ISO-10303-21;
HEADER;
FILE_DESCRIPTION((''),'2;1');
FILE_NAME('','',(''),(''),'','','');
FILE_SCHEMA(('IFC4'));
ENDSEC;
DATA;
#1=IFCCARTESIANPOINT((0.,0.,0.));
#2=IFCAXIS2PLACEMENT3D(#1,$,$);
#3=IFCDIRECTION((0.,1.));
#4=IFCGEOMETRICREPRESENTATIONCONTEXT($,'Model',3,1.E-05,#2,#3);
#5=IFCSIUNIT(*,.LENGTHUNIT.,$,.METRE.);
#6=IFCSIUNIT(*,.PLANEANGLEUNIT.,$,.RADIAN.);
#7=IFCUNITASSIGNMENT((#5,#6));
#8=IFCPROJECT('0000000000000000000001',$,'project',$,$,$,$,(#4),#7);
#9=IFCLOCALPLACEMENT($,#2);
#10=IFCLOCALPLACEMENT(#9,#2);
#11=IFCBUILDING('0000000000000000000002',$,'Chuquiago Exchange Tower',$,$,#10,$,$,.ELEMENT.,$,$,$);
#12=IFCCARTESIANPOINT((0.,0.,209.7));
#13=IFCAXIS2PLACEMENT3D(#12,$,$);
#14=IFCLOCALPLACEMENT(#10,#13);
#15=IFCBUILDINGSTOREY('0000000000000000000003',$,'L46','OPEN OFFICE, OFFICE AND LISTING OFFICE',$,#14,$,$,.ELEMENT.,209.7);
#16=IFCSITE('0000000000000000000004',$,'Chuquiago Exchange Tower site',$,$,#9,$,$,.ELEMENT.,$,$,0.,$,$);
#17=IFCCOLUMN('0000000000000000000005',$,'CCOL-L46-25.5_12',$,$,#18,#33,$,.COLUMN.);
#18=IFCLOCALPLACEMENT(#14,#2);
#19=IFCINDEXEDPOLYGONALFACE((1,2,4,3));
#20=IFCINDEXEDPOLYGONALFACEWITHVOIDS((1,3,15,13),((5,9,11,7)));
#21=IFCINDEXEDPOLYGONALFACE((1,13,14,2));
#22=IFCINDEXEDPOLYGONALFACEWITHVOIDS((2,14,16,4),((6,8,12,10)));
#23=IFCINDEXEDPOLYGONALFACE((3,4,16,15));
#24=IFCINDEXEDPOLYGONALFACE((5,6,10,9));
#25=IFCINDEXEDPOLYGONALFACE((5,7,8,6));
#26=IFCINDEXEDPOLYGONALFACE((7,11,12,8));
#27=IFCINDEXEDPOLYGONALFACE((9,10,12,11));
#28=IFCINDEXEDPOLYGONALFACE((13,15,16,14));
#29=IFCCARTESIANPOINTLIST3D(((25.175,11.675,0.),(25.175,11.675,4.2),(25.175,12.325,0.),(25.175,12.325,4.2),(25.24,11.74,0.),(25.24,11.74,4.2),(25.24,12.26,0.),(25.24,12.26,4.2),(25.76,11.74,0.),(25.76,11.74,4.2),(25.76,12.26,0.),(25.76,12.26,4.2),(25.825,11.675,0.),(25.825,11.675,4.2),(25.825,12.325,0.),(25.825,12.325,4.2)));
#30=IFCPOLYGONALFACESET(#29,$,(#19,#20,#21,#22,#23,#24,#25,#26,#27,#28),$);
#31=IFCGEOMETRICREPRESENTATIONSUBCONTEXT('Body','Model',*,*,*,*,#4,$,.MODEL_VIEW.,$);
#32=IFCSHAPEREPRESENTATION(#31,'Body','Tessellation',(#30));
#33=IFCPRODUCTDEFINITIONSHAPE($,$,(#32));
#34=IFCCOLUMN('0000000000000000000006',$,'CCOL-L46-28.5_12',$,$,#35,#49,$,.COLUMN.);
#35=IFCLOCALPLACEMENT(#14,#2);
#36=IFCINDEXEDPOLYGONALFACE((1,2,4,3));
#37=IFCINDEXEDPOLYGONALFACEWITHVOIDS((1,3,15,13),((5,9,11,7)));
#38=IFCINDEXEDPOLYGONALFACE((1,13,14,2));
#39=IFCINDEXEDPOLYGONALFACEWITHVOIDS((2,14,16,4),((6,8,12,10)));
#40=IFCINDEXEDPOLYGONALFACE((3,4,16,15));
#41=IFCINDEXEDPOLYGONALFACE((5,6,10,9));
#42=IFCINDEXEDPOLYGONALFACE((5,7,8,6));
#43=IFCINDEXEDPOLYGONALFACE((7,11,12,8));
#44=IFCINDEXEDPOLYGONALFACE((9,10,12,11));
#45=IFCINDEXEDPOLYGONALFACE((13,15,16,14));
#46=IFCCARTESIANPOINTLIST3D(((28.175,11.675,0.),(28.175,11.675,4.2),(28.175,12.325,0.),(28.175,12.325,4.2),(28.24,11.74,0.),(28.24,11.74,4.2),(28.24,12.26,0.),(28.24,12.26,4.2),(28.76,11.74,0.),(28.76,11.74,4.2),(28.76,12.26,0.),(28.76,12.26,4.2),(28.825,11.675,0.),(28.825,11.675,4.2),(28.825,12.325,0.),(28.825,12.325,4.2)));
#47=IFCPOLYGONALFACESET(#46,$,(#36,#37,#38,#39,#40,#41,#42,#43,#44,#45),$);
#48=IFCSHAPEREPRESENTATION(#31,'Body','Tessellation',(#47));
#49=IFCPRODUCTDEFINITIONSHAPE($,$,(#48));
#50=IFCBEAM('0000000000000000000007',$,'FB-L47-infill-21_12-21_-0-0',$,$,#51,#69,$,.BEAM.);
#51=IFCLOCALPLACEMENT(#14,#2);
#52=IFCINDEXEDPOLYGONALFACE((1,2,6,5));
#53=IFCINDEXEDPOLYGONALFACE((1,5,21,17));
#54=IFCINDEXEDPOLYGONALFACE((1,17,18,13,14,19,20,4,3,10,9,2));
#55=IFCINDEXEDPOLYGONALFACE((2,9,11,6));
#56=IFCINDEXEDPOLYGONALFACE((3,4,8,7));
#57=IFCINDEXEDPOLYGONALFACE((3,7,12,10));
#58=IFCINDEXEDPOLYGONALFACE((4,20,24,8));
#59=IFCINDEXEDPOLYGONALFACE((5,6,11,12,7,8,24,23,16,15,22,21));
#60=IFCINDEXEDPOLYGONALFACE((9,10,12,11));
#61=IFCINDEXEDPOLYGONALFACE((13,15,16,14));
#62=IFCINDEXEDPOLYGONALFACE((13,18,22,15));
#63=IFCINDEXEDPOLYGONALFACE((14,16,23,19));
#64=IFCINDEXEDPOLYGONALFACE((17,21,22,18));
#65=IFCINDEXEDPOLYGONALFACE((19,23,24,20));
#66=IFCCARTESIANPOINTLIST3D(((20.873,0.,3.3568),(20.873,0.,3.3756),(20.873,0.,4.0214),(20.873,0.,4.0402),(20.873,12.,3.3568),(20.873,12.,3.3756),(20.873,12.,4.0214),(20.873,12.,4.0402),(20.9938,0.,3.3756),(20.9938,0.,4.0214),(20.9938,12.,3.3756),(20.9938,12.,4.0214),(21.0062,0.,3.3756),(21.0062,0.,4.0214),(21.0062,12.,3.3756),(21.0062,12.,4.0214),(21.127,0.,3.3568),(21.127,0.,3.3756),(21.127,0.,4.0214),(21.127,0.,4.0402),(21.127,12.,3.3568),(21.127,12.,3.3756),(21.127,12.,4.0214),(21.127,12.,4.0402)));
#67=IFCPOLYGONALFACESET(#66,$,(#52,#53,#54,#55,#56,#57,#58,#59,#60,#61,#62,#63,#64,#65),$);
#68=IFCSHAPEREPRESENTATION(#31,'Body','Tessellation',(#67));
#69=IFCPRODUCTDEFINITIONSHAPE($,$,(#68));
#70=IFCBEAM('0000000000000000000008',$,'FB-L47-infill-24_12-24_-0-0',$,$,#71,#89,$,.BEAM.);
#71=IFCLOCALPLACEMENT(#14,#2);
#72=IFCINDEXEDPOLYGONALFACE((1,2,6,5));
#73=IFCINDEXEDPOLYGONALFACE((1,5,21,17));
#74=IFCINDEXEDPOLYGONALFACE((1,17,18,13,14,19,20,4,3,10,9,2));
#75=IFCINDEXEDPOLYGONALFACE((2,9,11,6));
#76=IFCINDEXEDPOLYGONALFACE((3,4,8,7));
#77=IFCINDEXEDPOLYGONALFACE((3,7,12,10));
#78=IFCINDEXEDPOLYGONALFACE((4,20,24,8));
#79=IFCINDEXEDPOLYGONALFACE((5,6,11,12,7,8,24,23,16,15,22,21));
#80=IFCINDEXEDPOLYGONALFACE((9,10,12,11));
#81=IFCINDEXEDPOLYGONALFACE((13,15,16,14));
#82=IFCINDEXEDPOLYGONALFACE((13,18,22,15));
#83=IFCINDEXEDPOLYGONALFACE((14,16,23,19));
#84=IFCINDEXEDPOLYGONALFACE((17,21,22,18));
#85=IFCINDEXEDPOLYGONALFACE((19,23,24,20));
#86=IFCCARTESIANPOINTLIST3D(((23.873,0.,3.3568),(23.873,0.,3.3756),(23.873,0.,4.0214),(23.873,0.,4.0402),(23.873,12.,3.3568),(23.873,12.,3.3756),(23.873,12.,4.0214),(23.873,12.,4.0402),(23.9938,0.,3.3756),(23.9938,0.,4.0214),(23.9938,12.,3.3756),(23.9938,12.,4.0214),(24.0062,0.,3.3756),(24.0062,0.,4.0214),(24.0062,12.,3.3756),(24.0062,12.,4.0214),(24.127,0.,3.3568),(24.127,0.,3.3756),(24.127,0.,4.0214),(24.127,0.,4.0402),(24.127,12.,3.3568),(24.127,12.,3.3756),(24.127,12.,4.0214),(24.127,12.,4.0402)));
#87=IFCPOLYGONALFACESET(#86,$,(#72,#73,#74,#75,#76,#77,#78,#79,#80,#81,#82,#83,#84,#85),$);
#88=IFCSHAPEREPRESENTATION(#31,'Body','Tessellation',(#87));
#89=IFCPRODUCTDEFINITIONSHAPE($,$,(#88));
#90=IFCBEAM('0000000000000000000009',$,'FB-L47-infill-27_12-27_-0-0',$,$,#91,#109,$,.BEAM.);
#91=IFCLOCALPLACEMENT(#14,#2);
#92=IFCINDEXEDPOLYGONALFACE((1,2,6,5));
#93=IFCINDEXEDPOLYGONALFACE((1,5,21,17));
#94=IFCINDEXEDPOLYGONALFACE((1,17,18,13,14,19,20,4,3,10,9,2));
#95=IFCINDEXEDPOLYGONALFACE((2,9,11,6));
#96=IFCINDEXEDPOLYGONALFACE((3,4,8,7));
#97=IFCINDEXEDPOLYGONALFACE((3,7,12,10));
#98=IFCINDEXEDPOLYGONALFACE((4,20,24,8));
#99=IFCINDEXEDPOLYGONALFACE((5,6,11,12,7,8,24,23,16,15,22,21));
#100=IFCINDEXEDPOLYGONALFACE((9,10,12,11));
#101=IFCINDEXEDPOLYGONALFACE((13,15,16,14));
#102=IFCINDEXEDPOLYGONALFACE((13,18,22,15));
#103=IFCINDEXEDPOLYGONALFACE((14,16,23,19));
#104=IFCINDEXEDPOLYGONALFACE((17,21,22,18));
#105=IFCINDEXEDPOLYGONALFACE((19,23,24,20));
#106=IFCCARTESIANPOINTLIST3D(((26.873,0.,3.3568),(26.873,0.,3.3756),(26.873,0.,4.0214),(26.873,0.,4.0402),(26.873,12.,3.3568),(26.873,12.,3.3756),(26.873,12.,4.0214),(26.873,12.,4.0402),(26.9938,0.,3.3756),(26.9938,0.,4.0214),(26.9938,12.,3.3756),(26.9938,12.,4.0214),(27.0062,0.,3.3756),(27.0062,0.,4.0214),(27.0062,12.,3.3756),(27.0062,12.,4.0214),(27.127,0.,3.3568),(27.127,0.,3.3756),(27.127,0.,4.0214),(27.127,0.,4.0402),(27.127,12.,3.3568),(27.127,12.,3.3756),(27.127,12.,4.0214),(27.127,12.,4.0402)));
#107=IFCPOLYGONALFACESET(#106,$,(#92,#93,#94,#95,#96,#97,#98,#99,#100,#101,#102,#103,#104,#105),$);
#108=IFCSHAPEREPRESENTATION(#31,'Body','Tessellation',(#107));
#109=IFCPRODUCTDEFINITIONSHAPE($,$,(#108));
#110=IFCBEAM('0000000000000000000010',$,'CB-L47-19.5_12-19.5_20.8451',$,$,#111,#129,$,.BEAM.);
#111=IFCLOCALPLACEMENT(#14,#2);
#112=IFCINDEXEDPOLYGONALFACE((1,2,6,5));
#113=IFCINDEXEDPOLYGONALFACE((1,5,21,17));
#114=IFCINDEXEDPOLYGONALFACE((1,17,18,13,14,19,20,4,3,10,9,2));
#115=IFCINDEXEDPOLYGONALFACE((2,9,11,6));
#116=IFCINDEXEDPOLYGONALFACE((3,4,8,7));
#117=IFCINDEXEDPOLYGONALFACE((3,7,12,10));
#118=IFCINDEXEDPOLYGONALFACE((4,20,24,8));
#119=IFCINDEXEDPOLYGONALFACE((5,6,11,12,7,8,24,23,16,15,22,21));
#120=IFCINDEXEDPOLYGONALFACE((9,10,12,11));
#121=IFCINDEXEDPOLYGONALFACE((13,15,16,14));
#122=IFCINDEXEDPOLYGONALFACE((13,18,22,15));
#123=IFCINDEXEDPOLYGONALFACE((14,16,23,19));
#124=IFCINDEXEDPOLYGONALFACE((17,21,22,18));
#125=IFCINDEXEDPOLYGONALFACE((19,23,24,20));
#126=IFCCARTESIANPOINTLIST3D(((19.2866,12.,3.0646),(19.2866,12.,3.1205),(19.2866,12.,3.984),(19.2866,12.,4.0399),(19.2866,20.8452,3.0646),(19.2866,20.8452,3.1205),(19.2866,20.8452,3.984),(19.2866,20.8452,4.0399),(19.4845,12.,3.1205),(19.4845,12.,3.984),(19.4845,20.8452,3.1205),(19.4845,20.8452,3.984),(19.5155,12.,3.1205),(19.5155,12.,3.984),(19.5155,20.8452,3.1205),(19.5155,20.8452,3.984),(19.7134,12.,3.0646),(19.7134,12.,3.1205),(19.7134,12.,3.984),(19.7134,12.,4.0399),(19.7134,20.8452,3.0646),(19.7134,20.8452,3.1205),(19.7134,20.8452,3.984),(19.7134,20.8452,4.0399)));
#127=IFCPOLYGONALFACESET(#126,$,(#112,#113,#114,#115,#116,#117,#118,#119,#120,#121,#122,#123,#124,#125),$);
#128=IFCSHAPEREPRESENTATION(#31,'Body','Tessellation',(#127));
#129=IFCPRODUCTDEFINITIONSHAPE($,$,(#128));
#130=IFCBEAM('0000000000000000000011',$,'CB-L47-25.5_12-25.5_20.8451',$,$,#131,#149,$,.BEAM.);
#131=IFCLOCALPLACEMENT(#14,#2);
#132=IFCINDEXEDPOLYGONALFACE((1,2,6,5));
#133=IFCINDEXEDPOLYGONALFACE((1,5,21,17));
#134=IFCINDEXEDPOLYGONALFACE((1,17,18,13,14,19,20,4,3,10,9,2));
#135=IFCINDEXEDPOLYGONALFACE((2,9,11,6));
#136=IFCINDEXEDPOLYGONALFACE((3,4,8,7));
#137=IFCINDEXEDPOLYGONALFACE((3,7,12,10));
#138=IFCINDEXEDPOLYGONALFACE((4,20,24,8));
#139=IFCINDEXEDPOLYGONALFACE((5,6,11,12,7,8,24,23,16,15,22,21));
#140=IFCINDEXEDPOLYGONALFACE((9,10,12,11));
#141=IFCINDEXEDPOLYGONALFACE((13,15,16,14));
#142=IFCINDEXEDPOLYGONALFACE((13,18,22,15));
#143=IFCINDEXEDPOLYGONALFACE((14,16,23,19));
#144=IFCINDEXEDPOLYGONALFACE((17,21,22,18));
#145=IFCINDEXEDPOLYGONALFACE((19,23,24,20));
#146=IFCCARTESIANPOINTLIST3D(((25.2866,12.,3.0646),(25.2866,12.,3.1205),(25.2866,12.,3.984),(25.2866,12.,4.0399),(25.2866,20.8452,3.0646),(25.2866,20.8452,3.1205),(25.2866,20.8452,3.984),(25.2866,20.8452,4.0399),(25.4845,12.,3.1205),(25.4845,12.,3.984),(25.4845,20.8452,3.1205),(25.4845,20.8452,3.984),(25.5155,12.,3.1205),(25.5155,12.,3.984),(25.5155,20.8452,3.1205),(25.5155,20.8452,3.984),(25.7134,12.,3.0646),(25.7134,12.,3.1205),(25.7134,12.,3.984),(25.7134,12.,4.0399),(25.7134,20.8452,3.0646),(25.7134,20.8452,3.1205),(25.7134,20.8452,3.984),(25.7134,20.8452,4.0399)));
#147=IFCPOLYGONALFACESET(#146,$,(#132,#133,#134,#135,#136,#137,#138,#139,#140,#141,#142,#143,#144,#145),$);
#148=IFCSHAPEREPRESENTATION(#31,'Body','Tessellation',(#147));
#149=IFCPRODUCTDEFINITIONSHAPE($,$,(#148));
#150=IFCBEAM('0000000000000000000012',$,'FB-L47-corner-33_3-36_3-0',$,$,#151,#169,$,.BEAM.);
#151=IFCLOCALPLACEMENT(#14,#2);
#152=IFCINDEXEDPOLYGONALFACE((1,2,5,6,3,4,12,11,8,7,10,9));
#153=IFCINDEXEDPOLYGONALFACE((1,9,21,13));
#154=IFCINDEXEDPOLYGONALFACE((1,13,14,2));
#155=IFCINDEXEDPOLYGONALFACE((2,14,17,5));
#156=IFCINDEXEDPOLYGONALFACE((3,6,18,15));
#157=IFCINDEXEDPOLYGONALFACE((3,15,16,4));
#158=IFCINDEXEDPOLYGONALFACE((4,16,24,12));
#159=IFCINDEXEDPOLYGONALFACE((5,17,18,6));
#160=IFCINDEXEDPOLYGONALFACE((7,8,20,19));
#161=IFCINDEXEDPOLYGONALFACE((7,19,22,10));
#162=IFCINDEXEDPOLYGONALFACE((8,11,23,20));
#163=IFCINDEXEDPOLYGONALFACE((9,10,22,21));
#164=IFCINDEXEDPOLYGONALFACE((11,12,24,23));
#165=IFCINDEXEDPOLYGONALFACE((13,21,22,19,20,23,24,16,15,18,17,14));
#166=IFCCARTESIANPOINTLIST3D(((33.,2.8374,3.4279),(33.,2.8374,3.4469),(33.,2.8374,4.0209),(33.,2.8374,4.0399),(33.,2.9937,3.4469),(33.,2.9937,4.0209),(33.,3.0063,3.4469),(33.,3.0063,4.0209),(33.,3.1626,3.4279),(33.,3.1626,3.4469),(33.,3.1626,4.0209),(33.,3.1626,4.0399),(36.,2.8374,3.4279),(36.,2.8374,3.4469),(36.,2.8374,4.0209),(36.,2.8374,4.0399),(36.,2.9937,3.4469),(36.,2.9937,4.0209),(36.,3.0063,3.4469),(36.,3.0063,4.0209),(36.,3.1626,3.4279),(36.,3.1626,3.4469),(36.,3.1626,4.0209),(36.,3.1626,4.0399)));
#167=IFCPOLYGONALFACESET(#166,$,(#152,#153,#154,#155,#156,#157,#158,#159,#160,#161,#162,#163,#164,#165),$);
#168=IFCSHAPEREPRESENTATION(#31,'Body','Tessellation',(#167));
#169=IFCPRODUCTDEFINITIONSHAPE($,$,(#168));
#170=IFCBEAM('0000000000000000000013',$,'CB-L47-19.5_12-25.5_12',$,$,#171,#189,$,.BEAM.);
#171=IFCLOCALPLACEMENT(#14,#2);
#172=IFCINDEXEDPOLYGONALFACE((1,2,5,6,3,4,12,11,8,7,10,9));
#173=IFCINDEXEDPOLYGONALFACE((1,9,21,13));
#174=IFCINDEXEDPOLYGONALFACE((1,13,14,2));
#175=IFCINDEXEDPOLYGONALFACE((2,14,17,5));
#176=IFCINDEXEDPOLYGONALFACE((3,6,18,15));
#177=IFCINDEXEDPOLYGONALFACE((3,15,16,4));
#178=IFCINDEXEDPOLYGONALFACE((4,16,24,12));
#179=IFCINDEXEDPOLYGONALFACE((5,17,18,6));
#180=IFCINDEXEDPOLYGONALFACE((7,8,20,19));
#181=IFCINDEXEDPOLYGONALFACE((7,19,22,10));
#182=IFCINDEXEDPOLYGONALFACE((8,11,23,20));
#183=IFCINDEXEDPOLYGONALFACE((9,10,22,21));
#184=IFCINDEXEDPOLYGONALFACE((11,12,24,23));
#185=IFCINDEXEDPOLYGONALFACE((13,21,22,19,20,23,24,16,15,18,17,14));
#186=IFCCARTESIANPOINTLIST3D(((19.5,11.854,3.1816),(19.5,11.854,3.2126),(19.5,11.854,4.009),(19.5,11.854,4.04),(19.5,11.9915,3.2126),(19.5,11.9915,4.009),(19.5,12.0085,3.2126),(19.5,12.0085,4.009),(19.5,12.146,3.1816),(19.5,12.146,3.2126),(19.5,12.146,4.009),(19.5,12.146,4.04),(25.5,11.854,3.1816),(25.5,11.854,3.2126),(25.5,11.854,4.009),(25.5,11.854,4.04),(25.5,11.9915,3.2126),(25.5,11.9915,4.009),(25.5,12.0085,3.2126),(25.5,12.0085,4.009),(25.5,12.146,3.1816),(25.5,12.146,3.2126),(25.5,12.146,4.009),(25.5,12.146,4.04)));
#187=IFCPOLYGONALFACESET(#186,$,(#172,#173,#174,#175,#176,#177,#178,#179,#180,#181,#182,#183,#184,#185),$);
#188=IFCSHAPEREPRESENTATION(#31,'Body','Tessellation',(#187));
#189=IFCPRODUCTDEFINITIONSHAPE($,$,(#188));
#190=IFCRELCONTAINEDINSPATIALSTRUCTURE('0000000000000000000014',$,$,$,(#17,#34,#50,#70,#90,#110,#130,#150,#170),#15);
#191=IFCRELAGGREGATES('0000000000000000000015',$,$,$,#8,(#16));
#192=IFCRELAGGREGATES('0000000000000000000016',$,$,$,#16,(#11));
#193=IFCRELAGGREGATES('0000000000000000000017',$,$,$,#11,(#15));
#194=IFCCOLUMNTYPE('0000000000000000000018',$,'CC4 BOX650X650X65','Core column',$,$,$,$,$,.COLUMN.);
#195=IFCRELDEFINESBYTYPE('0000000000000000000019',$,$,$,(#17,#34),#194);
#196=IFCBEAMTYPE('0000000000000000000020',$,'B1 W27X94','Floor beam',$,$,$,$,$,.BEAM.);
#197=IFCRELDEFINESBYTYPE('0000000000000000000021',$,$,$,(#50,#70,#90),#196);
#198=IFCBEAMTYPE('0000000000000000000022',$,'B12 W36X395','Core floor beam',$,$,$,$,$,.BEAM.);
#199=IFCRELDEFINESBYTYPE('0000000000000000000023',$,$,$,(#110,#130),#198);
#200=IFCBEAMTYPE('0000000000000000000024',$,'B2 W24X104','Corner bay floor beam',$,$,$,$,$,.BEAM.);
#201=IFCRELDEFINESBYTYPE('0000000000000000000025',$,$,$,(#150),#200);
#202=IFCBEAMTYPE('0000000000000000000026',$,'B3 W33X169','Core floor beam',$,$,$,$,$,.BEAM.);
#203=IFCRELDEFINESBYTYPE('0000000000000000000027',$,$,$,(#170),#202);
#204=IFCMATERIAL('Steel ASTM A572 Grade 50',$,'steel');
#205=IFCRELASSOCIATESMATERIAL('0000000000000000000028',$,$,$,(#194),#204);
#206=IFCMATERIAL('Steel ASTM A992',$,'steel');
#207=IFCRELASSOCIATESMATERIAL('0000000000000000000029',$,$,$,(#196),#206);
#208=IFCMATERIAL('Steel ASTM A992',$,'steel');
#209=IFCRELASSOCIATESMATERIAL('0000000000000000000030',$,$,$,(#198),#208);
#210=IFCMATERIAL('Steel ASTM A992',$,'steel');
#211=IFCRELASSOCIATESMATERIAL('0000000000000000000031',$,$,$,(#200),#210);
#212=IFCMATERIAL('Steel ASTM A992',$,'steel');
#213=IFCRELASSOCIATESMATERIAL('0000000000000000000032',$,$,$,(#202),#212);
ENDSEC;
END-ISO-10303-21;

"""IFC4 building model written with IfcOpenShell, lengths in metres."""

from ifc_helpers import new_model, si_unit, direction, frame, origin, origin_2d, place, context, subcontext, project, spatial, hollow_rectangle, i_section, extrude, material, material_profile, profile_set, type_object, element, save


model = new_model("IFC4")

# Units and contexts
model_context = context("Model", 3, precision=1e-05, world=origin(), true_north=direction((0.0, 1.0)))
body_context = subcontext(model_context, "Body", "Model", "MODEL_VIEW")
ifc_project = project(units=[si_unit("LENGTHUNIT", "METRE"), si_unit("PLANEANGLEUNIT", "RADIAN")], contexts=[model_context])

# Site, building, storey
site_placement = place(None, origin())
site = spatial("IfcSite", under=ifc_project, at=site_placement, Name="Chuquiago Exchange Tower site", CompositionType="ELEMENT", RefElevation=0.0)
building_placement = place(site_placement, origin())
building = spatial("IfcBuilding", under=site, at=building_placement, Name="Chuquiago Exchange Tower", CompositionType="ELEMENT")
storey_placement = place(building_placement, frame((0.0, 0.0, 209.7)))
storey = spatial("IfcBuildingStorey", under=building, at=storey_placement, Name="L46", Description="OPEN OFFICE, OFFICE AND LISTING OFFICE", CompositionType="ELEMENT", Elevation=209.7)

# Columns
ifc_material_1 = material(Name="Steel ASTM A572 Grade 50", Category="steel")
ifc_material_profile_1 = material_profile(ifc_material_1, hollow_rectangle(XDim=0.6499, YDim=0.6499, WallThickness=0.0649, at=origin_2d()), Name="BOX650X650X65")
ifc_profile_set_1 = profile_set([ifc_material_profile_1], Name="Steel ASTM A572 Grade 50")
column_type = type_object("IfcColumnType", Name="CC4 BOX650X650X65", Description="Core column", PredefinedType="COLUMN", material=ifc_profile_set_1)
for number, where, z_axis, x_axis, name in (
    (1, (25.5, 12.0, 0.0), (0.0, 0.0, 1.0), (1.0, 0.0, 0.0), "CCOL-L46-25.5_12"),
    (2, (28.5, 12.0, 0.0), (0.0, 0.0, 1.0), (1.0, 0.0, 0.0), "CCOL-L46-28.5_12"),
):
    element("IfcColumn", number, at=place(storey_placement, frame(where, z_axis=z_axis, x_axis=x_axis)), inside=storey, type_object=column_type, Name=name, PredefinedType="COLUMN", context=body_context, shape_type="SweptSolid", body=[
        extrude(hollow_rectangle(XDim=0.6499, YDim=0.6499, WallThickness=0.0649, at=origin_2d()), origin(), (0.0, 0.0, 1.0), 4.2),
    ])

# Beams
ifc_material_2 = material(Name="Steel ASTM A992", Category="steel")
ifc_material_profile_2 = material_profile(ifc_material_2, i_section(OverallWidth=0.2539, OverallDepth=0.6833, WebThickness=0.0125, FlangeThickness=0.0188, at=origin_2d()), Name="W27X94")
ifc_profile_set_2 = profile_set([ifc_material_profile_2], Name="Steel ASTM A992")
beam_type_1 = type_object("IfcBeamType", Name="B1 W27X94", Description="Floor beam", PredefinedType="BEAM", material=ifc_profile_set_2)
for number, where, z_axis, x_axis, name in (
    (3, (21.0, 12.0, 3.6985), (0.0, -1.0, 0.0), (1.0, 0.0, 0.0), "FB-L47-infill-21_12-21_-0-0"),
    (4, (24.0, 12.0, 3.6985), (0.0, -1.0, 0.0), (1.0, 0.0, 0.0), "FB-L47-infill-24_12-24_-0-0"),
    (5, (27.0, 12.0, 3.6985), (0.0, -1.0, 0.0), (1.0, 0.0, 0.0), "FB-L47-infill-27_12-27_-0-0"),
):
    element("IfcBeam", number, at=place(storey_placement, frame(where, z_axis=z_axis, x_axis=x_axis)), inside=storey, type_object=beam_type_1, Name=name, PredefinedType="BEAM", context=body_context, shape_type="SweptSolid", body=[
        extrude(i_section(OverallWidth=0.2539, OverallDepth=0.6833, WebThickness=0.0125, FlangeThickness=0.0188, at=origin_2d()), origin(), (0.0, 0.0, 1.0), 12.0),
    ])
ifc_material_3 = material(Name="Steel ASTM A992", Category="steel")
ifc_material_profile_3 = material_profile(ifc_material_3, i_section(OverallWidth=0.4268, OverallDepth=0.9753, WebThickness=0.031, FlangeThickness=0.0559, at=origin_2d()), Name="W36X395")
ifc_profile_set_3 = profile_set([ifc_material_profile_3], Name="Steel ASTM A992")
beam_type_2 = type_object("IfcBeamType", Name="B12 W36X395", Description="Core floor beam", PredefinedType="BEAM", material=ifc_profile_set_3)
for number, where, z_axis, x_axis, name in (
    (6, (19.5, 12.0, 3.5522), (0.0, 1.0, 0.0), (-1.0, 0.0, 0.0), "CB-L47-19.5_12-19.5_20.8451"),
    (7, (25.5, 12.0, 3.5522), (0.0, 1.0, 0.0), (-1.0, 0.0, 0.0), "CB-L47-25.5_12-25.5_20.8451"),
):
    element("IfcBeam", number, at=place(storey_placement, frame(where, z_axis=z_axis, x_axis=x_axis)), inside=storey, type_object=beam_type_2, Name=name, PredefinedType="BEAM", context=body_context, shape_type="SweptSolid", body=[
        extrude(i_section(OverallWidth=0.4268, OverallDepth=0.9753, WebThickness=0.031, FlangeThickness=0.0559, at=origin_2d()), origin(), (0.0, 0.0, 1.0), 8.8452),
    ])
ifc_material_4 = material(Name="Steel ASTM A992", Category="steel")
ifc_material_profile_4 = material_profile(ifc_material_4, i_section(OverallWidth=0.3252, OverallDepth=0.6121, WebThickness=0.0127, FlangeThickness=0.019, at=origin_2d()), Name="W24X104")
ifc_profile_set_4 = profile_set([ifc_material_profile_4], Name="Steel ASTM A992")
beam_type_3 = type_object("IfcBeamType", Name="B2 W24X104", Description="Corner bay floor beam", PredefinedType="BEAM", material=ifc_profile_set_4)
beam_1_placement = place(storey_placement, frame((33.0, 3.0, 3.7339), z_axis=(1.0, 0.0, 0.0), x_axis=(0.0, 1.0, 0.0)))
element("IfcBeam", 8, at=beam_1_placement, inside=storey, type_object=beam_type_3, Name="FB-L47-corner-33_3-36_3-0", PredefinedType="BEAM", context=body_context, shape_type="SweptSolid", body=[
    extrude(i_section(OverallWidth=0.3252, OverallDepth=0.6121, WebThickness=0.0127, FlangeThickness=0.019, at=origin_2d()), origin(), (0.0, 0.0, 1.0), 3.0),
])
ifc_material_5 = material(Name="Steel ASTM A992", Category="steel")
ifc_material_profile_5 = material_profile(ifc_material_5, i_section(OverallWidth=0.292, OverallDepth=0.8584, WebThickness=0.0171, FlangeThickness=0.031, at=origin_2d()), Name="W33X169")
ifc_profile_set_5 = profile_set([ifc_material_profile_5], Name="Steel ASTM A992")
beam_type_4 = type_object("IfcBeamType", Name="B3 W33X169", Description="Core floor beam", PredefinedType="BEAM", material=ifc_profile_set_5)
beam_2_placement = place(storey_placement, frame((19.5, 12.0, 3.6108), z_axis=(1.0, 0.0, 0.0), x_axis=(0.0, 1.0, 0.0)))
element("IfcBeam", 9, at=beam_2_placement, inside=storey, type_object=beam_type_4, Name="CB-L47-19.5_12-25.5_12", PredefinedType="BEAM", context=body_context, shape_type="SweptSolid", body=[
    extrude(i_section(OverallWidth=0.292, OverallDepth=0.8584, WebThickness=0.0171, FlangeThickness=0.031, at=origin_2d()), origin(), (0.0, 0.0, 1.0), 6.0),
])

save(model, "model.ifc")
